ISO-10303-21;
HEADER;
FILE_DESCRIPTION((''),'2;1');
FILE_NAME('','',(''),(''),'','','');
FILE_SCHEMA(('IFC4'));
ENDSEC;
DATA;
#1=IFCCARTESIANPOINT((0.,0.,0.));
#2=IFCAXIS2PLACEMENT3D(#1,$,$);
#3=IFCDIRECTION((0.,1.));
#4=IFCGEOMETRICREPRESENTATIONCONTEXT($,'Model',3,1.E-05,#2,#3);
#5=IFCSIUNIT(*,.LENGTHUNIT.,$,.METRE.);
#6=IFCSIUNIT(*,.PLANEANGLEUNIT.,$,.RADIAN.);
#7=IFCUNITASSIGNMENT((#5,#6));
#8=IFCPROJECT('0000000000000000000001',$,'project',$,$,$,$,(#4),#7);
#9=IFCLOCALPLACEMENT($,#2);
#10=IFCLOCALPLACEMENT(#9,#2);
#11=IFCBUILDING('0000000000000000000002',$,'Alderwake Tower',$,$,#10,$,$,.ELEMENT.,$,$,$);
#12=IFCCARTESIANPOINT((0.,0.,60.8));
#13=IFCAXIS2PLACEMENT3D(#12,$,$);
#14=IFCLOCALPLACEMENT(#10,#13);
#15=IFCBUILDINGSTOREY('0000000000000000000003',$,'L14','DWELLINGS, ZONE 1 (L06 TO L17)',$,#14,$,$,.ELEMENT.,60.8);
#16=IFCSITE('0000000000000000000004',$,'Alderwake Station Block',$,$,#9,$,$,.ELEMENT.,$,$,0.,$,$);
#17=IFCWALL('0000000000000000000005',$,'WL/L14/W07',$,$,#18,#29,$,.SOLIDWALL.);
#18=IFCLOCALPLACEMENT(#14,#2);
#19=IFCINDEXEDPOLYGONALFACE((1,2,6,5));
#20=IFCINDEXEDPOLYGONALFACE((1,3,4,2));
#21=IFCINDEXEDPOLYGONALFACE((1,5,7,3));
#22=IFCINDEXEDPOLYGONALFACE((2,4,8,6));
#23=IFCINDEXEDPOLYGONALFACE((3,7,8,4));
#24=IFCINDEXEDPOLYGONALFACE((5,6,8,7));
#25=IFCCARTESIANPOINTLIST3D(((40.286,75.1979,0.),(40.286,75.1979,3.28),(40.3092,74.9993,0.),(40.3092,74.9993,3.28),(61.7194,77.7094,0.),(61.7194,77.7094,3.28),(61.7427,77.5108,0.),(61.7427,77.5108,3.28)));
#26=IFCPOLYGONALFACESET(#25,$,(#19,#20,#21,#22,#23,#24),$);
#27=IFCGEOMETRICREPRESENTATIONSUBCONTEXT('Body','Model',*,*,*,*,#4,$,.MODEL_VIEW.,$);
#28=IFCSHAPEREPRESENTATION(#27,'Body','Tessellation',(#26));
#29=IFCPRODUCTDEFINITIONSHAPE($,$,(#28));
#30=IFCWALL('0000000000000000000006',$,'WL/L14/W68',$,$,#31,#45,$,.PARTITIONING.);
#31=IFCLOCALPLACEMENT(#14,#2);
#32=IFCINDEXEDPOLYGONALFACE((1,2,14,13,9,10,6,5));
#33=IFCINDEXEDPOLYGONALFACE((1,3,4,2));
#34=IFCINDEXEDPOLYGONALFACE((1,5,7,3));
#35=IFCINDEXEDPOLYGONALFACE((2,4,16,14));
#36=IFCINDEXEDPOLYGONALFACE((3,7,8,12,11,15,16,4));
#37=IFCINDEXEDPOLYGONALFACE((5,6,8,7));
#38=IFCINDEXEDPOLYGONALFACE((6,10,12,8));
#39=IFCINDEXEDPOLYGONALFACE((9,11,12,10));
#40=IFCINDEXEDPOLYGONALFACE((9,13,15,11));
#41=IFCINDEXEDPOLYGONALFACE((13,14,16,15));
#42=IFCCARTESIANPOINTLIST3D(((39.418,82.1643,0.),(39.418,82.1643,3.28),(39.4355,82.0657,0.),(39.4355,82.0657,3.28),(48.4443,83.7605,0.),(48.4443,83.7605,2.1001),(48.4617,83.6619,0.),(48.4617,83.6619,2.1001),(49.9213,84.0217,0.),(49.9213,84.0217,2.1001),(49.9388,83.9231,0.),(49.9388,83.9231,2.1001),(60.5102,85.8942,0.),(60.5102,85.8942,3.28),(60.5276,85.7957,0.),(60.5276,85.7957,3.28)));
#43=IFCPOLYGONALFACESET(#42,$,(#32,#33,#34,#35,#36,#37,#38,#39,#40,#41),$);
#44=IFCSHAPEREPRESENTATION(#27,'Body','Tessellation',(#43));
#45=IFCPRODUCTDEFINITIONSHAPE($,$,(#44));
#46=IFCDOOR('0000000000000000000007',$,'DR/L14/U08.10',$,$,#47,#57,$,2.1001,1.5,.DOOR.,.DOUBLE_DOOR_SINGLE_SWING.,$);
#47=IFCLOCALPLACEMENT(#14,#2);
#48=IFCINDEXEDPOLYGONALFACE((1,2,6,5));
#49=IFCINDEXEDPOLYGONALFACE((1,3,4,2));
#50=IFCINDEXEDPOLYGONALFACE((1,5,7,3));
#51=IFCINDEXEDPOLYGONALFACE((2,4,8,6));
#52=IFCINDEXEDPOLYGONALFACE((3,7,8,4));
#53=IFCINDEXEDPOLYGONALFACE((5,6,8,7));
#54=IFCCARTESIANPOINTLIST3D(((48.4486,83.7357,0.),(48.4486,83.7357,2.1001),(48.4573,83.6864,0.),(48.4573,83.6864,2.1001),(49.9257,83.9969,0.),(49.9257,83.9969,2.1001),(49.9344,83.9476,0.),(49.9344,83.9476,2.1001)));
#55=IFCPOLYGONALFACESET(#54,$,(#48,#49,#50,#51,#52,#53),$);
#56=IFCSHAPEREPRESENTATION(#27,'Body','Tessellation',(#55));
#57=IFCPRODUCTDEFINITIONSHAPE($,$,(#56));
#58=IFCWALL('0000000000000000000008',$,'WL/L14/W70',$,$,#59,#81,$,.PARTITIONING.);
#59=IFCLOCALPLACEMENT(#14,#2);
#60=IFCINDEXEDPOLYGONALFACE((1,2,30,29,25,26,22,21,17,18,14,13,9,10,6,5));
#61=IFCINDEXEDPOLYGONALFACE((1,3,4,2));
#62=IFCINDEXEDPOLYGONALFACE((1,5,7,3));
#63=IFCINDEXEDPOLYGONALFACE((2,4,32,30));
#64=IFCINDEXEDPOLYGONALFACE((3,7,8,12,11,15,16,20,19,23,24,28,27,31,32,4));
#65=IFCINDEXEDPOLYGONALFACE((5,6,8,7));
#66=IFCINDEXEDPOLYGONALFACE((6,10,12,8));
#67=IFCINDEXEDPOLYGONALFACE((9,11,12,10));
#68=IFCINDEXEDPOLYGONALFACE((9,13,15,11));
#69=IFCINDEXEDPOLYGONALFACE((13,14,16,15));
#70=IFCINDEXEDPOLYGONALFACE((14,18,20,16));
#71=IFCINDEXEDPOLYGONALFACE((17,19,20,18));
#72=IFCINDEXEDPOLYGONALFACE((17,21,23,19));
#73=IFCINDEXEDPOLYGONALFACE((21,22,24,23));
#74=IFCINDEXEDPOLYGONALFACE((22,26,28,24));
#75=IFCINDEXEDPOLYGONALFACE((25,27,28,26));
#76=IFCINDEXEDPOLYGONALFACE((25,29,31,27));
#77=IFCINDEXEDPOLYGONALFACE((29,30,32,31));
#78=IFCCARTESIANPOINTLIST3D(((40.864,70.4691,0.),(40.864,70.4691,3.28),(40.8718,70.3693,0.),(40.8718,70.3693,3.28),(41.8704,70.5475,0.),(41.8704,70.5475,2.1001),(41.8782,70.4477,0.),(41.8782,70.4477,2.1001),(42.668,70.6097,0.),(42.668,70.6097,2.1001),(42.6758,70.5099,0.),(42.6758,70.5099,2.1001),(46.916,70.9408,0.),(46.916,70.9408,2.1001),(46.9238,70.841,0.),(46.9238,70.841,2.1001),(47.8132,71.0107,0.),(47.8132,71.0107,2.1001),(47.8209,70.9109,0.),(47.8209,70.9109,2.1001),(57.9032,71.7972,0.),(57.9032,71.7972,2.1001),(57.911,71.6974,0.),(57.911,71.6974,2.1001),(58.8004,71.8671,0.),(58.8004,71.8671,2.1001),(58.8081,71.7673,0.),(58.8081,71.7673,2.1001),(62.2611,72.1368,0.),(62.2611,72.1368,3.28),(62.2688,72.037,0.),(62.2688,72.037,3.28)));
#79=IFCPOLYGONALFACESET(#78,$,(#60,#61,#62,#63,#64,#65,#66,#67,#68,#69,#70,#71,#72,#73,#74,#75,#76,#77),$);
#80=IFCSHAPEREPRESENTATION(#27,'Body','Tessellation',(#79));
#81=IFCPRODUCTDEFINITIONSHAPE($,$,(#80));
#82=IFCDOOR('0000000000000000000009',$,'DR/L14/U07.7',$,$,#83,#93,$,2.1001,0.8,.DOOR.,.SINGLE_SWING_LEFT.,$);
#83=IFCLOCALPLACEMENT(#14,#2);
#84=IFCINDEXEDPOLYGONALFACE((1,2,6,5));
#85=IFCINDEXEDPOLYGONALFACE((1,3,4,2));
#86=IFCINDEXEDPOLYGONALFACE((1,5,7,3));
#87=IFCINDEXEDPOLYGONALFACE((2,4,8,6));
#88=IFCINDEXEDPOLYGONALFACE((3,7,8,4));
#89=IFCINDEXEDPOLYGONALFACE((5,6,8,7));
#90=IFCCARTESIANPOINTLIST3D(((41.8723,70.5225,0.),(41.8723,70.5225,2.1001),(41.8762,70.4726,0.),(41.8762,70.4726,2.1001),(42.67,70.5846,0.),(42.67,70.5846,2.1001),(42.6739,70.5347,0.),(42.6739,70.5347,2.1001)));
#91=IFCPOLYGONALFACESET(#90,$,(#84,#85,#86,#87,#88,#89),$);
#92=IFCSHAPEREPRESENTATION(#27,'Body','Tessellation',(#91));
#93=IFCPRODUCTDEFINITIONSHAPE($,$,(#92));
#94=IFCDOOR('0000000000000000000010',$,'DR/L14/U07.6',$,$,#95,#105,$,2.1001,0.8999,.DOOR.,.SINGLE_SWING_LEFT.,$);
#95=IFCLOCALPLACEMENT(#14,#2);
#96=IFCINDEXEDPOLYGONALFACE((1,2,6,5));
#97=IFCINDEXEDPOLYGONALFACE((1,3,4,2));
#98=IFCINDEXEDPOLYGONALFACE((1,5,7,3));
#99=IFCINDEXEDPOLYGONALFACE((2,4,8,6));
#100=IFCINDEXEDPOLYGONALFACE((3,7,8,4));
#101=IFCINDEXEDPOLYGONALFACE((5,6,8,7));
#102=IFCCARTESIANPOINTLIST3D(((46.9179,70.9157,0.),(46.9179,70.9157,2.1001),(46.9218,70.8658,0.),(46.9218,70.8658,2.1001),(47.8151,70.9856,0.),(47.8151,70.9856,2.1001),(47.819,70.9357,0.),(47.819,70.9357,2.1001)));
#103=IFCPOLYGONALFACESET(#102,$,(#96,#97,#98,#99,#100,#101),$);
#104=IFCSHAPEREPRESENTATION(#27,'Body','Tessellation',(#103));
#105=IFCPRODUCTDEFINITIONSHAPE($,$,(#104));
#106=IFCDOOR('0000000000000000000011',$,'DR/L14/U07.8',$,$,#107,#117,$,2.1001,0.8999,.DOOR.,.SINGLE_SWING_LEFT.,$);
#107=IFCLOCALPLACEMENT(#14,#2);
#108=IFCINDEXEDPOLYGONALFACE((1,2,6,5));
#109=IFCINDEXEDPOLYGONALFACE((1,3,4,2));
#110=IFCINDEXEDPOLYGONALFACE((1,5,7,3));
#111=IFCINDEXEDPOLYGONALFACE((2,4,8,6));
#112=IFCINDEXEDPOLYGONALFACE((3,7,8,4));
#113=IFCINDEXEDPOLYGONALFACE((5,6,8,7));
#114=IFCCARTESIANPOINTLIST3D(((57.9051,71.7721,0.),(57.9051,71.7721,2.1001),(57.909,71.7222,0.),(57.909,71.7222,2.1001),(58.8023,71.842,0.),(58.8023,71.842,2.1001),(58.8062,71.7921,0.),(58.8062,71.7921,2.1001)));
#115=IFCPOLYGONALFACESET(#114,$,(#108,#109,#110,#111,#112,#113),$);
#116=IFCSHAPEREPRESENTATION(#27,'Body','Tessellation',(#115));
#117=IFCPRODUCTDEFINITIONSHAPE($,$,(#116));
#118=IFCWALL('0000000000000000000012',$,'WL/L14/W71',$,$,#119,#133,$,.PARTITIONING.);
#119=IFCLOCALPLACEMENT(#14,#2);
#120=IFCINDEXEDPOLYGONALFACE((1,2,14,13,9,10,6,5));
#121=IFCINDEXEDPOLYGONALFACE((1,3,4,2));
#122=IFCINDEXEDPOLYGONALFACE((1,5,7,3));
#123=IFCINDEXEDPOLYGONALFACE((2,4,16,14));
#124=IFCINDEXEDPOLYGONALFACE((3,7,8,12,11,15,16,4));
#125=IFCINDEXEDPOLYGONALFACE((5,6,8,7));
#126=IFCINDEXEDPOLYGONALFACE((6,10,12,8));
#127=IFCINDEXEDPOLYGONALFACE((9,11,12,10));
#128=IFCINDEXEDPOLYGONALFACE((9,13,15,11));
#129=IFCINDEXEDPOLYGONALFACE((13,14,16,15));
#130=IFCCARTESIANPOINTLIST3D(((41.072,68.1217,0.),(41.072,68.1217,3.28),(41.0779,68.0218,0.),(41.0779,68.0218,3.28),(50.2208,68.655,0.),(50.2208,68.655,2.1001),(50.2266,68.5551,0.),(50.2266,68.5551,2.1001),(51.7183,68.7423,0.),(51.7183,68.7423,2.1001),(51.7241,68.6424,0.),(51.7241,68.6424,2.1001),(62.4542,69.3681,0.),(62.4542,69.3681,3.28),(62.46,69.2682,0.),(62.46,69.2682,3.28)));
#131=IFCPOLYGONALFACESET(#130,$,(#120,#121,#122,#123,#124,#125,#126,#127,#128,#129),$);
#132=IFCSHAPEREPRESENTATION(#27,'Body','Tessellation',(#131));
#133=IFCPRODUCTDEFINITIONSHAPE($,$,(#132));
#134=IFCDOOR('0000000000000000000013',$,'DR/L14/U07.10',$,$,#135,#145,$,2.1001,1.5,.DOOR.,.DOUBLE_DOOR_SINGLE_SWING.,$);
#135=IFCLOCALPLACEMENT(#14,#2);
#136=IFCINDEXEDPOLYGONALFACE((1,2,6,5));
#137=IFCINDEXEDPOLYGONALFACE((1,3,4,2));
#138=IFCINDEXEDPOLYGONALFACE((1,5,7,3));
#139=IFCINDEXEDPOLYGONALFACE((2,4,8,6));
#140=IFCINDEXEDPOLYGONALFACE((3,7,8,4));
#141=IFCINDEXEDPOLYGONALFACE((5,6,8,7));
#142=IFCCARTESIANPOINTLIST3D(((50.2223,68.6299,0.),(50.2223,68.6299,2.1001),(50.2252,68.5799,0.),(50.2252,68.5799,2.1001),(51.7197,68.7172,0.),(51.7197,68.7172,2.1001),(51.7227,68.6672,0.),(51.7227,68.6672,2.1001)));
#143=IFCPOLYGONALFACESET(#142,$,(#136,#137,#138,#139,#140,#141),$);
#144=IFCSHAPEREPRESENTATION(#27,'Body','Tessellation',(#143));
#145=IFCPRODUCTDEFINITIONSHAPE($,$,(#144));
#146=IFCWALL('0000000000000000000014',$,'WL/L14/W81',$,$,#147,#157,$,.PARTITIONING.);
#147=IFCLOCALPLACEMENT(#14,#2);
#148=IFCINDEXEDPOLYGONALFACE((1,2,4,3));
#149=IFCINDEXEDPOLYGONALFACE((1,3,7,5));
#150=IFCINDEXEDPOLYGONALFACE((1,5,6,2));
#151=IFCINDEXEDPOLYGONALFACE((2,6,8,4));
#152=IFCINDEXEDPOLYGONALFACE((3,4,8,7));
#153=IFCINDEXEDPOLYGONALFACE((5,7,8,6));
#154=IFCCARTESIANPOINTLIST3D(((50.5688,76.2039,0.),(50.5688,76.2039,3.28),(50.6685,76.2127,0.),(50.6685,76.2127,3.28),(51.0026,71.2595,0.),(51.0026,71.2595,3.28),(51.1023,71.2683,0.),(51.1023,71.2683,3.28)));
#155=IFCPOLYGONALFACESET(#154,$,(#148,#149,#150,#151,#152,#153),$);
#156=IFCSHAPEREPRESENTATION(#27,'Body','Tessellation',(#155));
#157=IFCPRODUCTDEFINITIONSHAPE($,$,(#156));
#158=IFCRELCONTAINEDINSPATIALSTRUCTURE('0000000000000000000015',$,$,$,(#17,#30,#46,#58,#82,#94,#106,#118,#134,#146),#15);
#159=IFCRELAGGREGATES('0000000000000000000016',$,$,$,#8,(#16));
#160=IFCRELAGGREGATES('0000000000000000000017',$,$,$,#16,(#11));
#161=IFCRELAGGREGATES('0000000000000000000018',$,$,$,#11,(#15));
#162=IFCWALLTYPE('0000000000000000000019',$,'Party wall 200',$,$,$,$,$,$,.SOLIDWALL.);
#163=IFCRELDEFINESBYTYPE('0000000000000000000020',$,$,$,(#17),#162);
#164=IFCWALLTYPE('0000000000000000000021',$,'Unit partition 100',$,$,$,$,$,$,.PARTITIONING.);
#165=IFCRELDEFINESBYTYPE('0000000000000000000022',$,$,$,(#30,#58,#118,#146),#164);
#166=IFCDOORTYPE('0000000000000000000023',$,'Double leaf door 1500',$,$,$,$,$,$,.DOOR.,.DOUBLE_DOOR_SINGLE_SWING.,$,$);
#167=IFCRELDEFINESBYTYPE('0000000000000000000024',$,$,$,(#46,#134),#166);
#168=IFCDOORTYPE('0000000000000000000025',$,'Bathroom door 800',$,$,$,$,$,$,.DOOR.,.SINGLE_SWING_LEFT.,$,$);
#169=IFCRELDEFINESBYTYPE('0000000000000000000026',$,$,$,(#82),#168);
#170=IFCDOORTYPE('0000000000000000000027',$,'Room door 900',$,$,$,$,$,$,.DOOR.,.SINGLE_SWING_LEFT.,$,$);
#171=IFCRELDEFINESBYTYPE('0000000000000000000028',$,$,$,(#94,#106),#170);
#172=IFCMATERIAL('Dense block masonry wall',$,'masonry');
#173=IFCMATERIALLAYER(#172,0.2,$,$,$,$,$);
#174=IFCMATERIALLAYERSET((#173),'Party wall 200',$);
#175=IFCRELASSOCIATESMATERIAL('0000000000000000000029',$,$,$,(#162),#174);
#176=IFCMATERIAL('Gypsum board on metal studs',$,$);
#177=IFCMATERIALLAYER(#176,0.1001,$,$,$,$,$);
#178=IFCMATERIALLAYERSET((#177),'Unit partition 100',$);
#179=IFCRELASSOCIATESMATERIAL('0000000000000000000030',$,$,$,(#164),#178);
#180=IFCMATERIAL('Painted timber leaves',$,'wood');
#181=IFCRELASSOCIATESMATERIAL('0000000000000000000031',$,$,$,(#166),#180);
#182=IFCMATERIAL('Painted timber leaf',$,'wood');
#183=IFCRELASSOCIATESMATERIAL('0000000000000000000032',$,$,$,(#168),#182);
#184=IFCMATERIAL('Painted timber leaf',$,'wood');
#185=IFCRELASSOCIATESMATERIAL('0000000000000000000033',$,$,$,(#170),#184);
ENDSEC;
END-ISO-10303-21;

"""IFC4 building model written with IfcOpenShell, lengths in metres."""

from ifc_helpers import new_model, si_unit, direction, frame, frame_2d, origin, place, context, subcontext, project, spatial, rectangle, extrude, material, layer, layer_set, type_object, element, fill, save


model = new_model("IFC4")

# Units and contexts
model_context = context("Model", 3, precision=1e-05, world=origin(), true_north=direction((0.0, 1.0)))
body_context = subcontext(model_context, "Body", "Model", "MODEL_VIEW")
ifc_project = project(units=[si_unit("LENGTHUNIT", "METRE"), si_unit("PLANEANGLEUNIT", "RADIAN")], contexts=[model_context])

# Site, building, storey
site_placement = place(None, origin())
site = spatial("IfcSite", under=ifc_project, at=site_placement, Name="Alderwake Station Block", CompositionType="ELEMENT", RefElevation=0.0)
building_placement = place(site_placement, origin())
building = spatial("IfcBuilding", under=site, at=building_placement, Name="Alderwake Tower", CompositionType="ELEMENT")
storey_placement = place(building_placement, frame((0.0, 0.0, 60.8)))
storey = spatial("IfcBuildingStorey", under=building, at=storey_placement, Name="L14", Description="DWELLINGS, ZONE 1 (L06 TO L17)", CompositionType="ELEMENT", Elevation=60.8)

# Wall
ifc_material_1 = material(Name="Dense block masonry wall", Category="masonry")
ifc_layer_1 = layer(ifc_material_1, 0.2)
ifc_layer_set_1 = layer_set([ifc_layer_1], Name="Party wall 200")
wall_type_1 = type_object("IfcWallType", Name="Party wall 200", PredefinedType="SOLIDWALL", material=ifc_layer_set_1)
wall_1_placement = place(storey_placement, frame((40.2976, 75.0986, 0.0), z_axis=(0.0, 0.0, 1.0), x_axis=(0.993205, 0.11638, 0.0)))
element("IfcWall", 1, at=wall_1_placement, inside=storey, type_object=wall_type_1, Name="WL/L14/W07", PredefinedType="SOLIDWALL", context=body_context, shape_type="SweptSolid", body=[
    extrude(rectangle(XDim=21.5801, YDim=0.2, at=frame_2d((10.79, 0.0))), origin(), (0.0, 0.0, 1.0), 3.28),
])

# Wall, opening, door
ifc_material_2 = material(Name="Gypsum board on metal studs")
ifc_layer_2 = layer(ifc_material_2, 0.1001)
ifc_layer_set_2 = layer_set([ifc_layer_2], Name="Unit partition 100")
wall_type_2 = type_object("IfcWallType", Name="Unit partition 100", PredefinedType="PARTITIONING", material=ifc_layer_set_2)
wall_2_placement = place(storey_placement, frame((39.4268, 82.115, 0.0), z_axis=(0.0, 0.0, 1.0), x_axis=(0.984721, 0.174139, 0.0)))
wall_2 = element("IfcWall", 2, at=wall_2_placement, inside=storey, type_object=wall_type_2, Name="WL/L14/W68", PredefinedType="PARTITIONING", context=body_context, shape_type="SweptSolid", body=[
    extrude(rectangle(XDim=21.4194, YDim=0.1001, at=frame_2d((10.7097, 0.0))), origin(), (0.0, 0.0, 1.0), 3.28),
])
opening_1_placement = place(wall_2_placement, frame((9.1663, 0.0, 0.0)))
opening_1 = element("IfcOpeningElement", 3, at=opening_1_placement, cuts=wall_2, PredefinedType="OPENING", context=body_context, shape_type="SweptSolid", body=[
    extrude(rectangle(XDim=1.5, YDim=2.1001, at=frame_2d((0.75, 1.05))), frame((0.0, 0.0601, 0.0), z_axis=(0.0, -1.0, 0.0), x_axis=(1.0, 0.0, 0.0)), (0.0, 0.0, 1.0), 0.1201),
])
ifc_material_3 = material(Name="Painted timber leaves", Category="wood")
door_type_1 = type_object("IfcDoorType", Name="Double leaf door 1500", OperationType="DOUBLE_DOOR_SINGLE_SWING", PredefinedType="DOOR", material=ifc_material_3)
door_1_placement = place(opening_1_placement, origin())
door_1 = element("IfcDoor", 4, at=door_1_placement, inside=storey, type_object=door_type_1, Name="DR/L14/U08.10", OperationType="DOUBLE_DOOR_SINGLE_SWING", OverallHeight=2.1001, OverallWidth=1.5, PredefinedType="DOOR", context=body_context, shape_type="SweptSolid", body=[
    extrude(rectangle(XDim=1.5, YDim=2.1001, at=frame_2d((0.75, 1.05))), frame((0.0, 0.0249, 0.0), z_axis=(0.0, -1.0, 0.0), x_axis=(1.0, 0.0, 0.0)), (0.0, 0.0, 1.0), 0.05),
])
fill(opening_1, door_1)

# Wall, openings, doors
wall_3_placement = place(storey_placement, frame((40.8679, 70.4192, 0.0), z_axis=(0.0, 0.0, 1.0), x_axis=(0.996976, 0.077706, 0.0)))
wall_3 = element("IfcWall", 5, at=wall_3_placement, inside=storey, type_object=wall_type_2, Name="WL/L14/W70", PredefinedType="PARTITIONING", context=body_context, shape_type="SweptSolid", body=[
    extrude(rectangle(XDim=21.4619, YDim=0.1001, at=frame_2d((10.731, 0.0))), origin(), (0.0, 0.0, 1.0), 3.28),
])
opening_2_placement = place(wall_3_placement, frame((6.0703, 0.0, 0.0)))
opening_2 = element("IfcOpeningElement", 6, at=opening_2_placement, cuts=wall_3, PredefinedType="OPENING", context=body_context, shape_type="SweptSolid", body=[
    extrude(rectangle(XDim=0.8999, YDim=2.1001, at=frame_2d((0.45, 1.05))), frame((0.0, 0.0601, 0.0), z_axis=(0.0, -1.0, 0.0), x_axis=(1.0, 0.0, 0.0)), (0.0, 0.0, 1.0), 0.1201),
])
opening_3_placement = place(wall_3_placement, frame((1.0095, 0.0, 0.0)))
opening_3 = element("IfcOpeningElement", 7, at=opening_3_placement, cuts=wall_3, PredefinedType="OPENING", context=body_context, shape_type="SweptSolid", body=[
    extrude(rectangle(XDim=0.8, YDim=2.1001, at=frame_2d((0.3999, 1.05))), frame((0.0, 0.0601, 0.0), z_axis=(0.0, -1.0, 0.0), x_axis=(1.0, 0.0, 0.0)), (0.0, 0.0, 1.0), 0.1201),
])
opening_4_placement = place(wall_3_placement, frame((17.0908, 0.0, 0.0)))
opening_4 = element("IfcOpeningElement", 8, at=opening_4_placement, cuts=wall_3, PredefinedType="OPENING", context=body_context, shape_type="SweptSolid", body=[
    extrude(rectangle(XDim=0.8999, YDim=2.1001, at=frame_2d((0.45, 1.05))), frame((0.0, 0.0601, 0.0), z_axis=(0.0, -1.0, 0.0), x_axis=(1.0, 0.0, 0.0)), (0.0, 0.0, 1.0), 0.1201),
])
ifc_material_4 = material(Name="Painted timber leaf", Category="wood")
door_type_2 = type_object("IfcDoorType", Name="Bathroom door 800", OperationType="SINGLE_SWING_LEFT", PredefinedType="DOOR", material=ifc_material_4)
door_2_placement = place(opening_3_placement, origin())
door_2 = element("IfcDoor", 9, at=door_2_placement, inside=storey, type_object=door_type_2, Name="DR/L14/U07.7", OperationType="SINGLE_SWING_LEFT", OverallHeight=2.1001, OverallWidth=0.8, PredefinedType="DOOR", context=body_context, shape_type="SweptSolid", body=[
    extrude(rectangle(XDim=0.8, YDim=2.1001, at=frame_2d((0.3999, 1.05))), frame((0.0, 0.0249, 0.0), z_axis=(0.0, -1.0, 0.0), x_axis=(1.0, 0.0, 0.0)), (0.0, 0.0, 1.0), 0.05),
])
fill(opening_3, door_2)
ifc_material_5 = material(Name="Painted timber leaf", Category="wood")
door_type_3 = type_object("IfcDoorType", Name="Room door 900", OperationType="SINGLE_SWING_LEFT", PredefinedType="DOOR", material=ifc_material_5)
door_3_placement = place(opening_2_placement, origin())
door_3 = element("IfcDoor", 10, at=door_3_placement, inside=storey, type_object=door_type_3, Name="DR/L14/U07.6", OperationType="SINGLE_SWING_LEFT", OverallHeight=2.1001, OverallWidth=0.8999, PredefinedType="DOOR", context=body_context, shape_type="SweptSolid", body=[
    extrude(rectangle(XDim=0.8999, YDim=2.1001, at=frame_2d((0.45, 1.05))), frame((0.0, 0.0249, 0.0), z_axis=(0.0, -1.0, 0.0), x_axis=(1.0, 0.0, 0.0)), (0.0, 0.0, 1.0), 0.05),
])
fill(opening_2, door_3)
door_4_placement = place(opening_4_placement, origin())
door_4 = element("IfcDoor", 11, at=door_4_placement, inside=storey, type_object=door_type_3, Name="DR/L14/U07.8", OperationType="SINGLE_SWING_LEFT", OverallHeight=2.1001, OverallWidth=0.8999, PredefinedType="DOOR", context=body_context, shape_type="SweptSolid", body=[
    extrude(rectangle(XDim=0.8999, YDim=2.1001, at=frame_2d((0.45, 1.05))), frame((0.0, 0.0249, 0.0), z_axis=(0.0, -1.0, 0.0), x_axis=(1.0, 0.0, 0.0)), (0.0, 0.0, 1.0), 0.05),
])
fill(opening_4, door_4)

# Wall, opening, door
wall_4_placement = place(storey_placement, frame((41.075, 68.0718, 0.0), z_axis=(0.0, 0.0, 1.0), x_axis=(0.998306, 0.05819, 0.0)))
wall_4 = element("IfcWall", 12, at=wall_4_placement, inside=storey, type_object=wall_type_2, Name="WL/L14/W71", PredefinedType="PARTITIONING", context=body_context, shape_type="SweptSolid", body=[
    extrude(rectangle(XDim=21.4185, YDim=0.1001, at=frame_2d((10.7092, 0.0))), origin(), (0.0, 0.0, 1.0), 3.28),
])
opening_5_placement = place(wall_4_placement, frame((9.1643, 0.0, 0.0)))
opening_5 = element("IfcOpeningElement", 13, at=opening_5_placement, cuts=wall_4, PredefinedType="OPENING", context=body_context, shape_type="SweptSolid", body=[
    extrude(rectangle(XDim=1.5, YDim=2.1001, at=frame_2d((0.75, 1.05))), frame((0.0, 0.0601, 0.0), z_axis=(0.0, -1.0, 0.0), x_axis=(1.0, 0.0, 0.0)), (0.0, 0.0, 1.0), 0.1201),
])
door_5_placement = place(opening_5_placement, origin())
door_5 = element("IfcDoor", 14, at=door_5_placement, inside=storey, type_object=door_type_1, Name="DR/L14/U07.10", OperationType="DOUBLE_DOOR_SINGLE_SWING", OverallHeight=2.1001, OverallWidth=1.5, PredefinedType="DOOR", context=body_context, shape_type="SweptSolid", body=[
    extrude(rectangle(XDim=1.5, YDim=2.1001, at=frame_2d((0.75, 1.05))), frame((0.0, 0.0249, 0.0), z_axis=(0.0, -1.0, 0.0), x_axis=(1.0, 0.0, 0.0)), (0.0, 0.0, 1.0), 0.05),
])
fill(opening_5, door_5)

# Wall
wall_5_placement = place(storey_placement, frame((51.0525, 71.2639, 0.0), z_axis=(0.0, 0.0, 1.0), x_axis=(-0.087409, 0.996173, 0.0)))
element("IfcWall", 15, at=wall_5_placement, inside=storey, type_object=wall_type_2, Name="WL/L14/W81", PredefinedType="PARTITIONING", context=body_context, shape_type="SweptSolid", body=[
    extrude(rectangle(XDim=4.9634, YDim=0.1001, at=frame_2d((2.4817, 0.0))), origin(), (0.0, 0.0, 1.0), 3.28),
])

save(model, "model.ifc")
